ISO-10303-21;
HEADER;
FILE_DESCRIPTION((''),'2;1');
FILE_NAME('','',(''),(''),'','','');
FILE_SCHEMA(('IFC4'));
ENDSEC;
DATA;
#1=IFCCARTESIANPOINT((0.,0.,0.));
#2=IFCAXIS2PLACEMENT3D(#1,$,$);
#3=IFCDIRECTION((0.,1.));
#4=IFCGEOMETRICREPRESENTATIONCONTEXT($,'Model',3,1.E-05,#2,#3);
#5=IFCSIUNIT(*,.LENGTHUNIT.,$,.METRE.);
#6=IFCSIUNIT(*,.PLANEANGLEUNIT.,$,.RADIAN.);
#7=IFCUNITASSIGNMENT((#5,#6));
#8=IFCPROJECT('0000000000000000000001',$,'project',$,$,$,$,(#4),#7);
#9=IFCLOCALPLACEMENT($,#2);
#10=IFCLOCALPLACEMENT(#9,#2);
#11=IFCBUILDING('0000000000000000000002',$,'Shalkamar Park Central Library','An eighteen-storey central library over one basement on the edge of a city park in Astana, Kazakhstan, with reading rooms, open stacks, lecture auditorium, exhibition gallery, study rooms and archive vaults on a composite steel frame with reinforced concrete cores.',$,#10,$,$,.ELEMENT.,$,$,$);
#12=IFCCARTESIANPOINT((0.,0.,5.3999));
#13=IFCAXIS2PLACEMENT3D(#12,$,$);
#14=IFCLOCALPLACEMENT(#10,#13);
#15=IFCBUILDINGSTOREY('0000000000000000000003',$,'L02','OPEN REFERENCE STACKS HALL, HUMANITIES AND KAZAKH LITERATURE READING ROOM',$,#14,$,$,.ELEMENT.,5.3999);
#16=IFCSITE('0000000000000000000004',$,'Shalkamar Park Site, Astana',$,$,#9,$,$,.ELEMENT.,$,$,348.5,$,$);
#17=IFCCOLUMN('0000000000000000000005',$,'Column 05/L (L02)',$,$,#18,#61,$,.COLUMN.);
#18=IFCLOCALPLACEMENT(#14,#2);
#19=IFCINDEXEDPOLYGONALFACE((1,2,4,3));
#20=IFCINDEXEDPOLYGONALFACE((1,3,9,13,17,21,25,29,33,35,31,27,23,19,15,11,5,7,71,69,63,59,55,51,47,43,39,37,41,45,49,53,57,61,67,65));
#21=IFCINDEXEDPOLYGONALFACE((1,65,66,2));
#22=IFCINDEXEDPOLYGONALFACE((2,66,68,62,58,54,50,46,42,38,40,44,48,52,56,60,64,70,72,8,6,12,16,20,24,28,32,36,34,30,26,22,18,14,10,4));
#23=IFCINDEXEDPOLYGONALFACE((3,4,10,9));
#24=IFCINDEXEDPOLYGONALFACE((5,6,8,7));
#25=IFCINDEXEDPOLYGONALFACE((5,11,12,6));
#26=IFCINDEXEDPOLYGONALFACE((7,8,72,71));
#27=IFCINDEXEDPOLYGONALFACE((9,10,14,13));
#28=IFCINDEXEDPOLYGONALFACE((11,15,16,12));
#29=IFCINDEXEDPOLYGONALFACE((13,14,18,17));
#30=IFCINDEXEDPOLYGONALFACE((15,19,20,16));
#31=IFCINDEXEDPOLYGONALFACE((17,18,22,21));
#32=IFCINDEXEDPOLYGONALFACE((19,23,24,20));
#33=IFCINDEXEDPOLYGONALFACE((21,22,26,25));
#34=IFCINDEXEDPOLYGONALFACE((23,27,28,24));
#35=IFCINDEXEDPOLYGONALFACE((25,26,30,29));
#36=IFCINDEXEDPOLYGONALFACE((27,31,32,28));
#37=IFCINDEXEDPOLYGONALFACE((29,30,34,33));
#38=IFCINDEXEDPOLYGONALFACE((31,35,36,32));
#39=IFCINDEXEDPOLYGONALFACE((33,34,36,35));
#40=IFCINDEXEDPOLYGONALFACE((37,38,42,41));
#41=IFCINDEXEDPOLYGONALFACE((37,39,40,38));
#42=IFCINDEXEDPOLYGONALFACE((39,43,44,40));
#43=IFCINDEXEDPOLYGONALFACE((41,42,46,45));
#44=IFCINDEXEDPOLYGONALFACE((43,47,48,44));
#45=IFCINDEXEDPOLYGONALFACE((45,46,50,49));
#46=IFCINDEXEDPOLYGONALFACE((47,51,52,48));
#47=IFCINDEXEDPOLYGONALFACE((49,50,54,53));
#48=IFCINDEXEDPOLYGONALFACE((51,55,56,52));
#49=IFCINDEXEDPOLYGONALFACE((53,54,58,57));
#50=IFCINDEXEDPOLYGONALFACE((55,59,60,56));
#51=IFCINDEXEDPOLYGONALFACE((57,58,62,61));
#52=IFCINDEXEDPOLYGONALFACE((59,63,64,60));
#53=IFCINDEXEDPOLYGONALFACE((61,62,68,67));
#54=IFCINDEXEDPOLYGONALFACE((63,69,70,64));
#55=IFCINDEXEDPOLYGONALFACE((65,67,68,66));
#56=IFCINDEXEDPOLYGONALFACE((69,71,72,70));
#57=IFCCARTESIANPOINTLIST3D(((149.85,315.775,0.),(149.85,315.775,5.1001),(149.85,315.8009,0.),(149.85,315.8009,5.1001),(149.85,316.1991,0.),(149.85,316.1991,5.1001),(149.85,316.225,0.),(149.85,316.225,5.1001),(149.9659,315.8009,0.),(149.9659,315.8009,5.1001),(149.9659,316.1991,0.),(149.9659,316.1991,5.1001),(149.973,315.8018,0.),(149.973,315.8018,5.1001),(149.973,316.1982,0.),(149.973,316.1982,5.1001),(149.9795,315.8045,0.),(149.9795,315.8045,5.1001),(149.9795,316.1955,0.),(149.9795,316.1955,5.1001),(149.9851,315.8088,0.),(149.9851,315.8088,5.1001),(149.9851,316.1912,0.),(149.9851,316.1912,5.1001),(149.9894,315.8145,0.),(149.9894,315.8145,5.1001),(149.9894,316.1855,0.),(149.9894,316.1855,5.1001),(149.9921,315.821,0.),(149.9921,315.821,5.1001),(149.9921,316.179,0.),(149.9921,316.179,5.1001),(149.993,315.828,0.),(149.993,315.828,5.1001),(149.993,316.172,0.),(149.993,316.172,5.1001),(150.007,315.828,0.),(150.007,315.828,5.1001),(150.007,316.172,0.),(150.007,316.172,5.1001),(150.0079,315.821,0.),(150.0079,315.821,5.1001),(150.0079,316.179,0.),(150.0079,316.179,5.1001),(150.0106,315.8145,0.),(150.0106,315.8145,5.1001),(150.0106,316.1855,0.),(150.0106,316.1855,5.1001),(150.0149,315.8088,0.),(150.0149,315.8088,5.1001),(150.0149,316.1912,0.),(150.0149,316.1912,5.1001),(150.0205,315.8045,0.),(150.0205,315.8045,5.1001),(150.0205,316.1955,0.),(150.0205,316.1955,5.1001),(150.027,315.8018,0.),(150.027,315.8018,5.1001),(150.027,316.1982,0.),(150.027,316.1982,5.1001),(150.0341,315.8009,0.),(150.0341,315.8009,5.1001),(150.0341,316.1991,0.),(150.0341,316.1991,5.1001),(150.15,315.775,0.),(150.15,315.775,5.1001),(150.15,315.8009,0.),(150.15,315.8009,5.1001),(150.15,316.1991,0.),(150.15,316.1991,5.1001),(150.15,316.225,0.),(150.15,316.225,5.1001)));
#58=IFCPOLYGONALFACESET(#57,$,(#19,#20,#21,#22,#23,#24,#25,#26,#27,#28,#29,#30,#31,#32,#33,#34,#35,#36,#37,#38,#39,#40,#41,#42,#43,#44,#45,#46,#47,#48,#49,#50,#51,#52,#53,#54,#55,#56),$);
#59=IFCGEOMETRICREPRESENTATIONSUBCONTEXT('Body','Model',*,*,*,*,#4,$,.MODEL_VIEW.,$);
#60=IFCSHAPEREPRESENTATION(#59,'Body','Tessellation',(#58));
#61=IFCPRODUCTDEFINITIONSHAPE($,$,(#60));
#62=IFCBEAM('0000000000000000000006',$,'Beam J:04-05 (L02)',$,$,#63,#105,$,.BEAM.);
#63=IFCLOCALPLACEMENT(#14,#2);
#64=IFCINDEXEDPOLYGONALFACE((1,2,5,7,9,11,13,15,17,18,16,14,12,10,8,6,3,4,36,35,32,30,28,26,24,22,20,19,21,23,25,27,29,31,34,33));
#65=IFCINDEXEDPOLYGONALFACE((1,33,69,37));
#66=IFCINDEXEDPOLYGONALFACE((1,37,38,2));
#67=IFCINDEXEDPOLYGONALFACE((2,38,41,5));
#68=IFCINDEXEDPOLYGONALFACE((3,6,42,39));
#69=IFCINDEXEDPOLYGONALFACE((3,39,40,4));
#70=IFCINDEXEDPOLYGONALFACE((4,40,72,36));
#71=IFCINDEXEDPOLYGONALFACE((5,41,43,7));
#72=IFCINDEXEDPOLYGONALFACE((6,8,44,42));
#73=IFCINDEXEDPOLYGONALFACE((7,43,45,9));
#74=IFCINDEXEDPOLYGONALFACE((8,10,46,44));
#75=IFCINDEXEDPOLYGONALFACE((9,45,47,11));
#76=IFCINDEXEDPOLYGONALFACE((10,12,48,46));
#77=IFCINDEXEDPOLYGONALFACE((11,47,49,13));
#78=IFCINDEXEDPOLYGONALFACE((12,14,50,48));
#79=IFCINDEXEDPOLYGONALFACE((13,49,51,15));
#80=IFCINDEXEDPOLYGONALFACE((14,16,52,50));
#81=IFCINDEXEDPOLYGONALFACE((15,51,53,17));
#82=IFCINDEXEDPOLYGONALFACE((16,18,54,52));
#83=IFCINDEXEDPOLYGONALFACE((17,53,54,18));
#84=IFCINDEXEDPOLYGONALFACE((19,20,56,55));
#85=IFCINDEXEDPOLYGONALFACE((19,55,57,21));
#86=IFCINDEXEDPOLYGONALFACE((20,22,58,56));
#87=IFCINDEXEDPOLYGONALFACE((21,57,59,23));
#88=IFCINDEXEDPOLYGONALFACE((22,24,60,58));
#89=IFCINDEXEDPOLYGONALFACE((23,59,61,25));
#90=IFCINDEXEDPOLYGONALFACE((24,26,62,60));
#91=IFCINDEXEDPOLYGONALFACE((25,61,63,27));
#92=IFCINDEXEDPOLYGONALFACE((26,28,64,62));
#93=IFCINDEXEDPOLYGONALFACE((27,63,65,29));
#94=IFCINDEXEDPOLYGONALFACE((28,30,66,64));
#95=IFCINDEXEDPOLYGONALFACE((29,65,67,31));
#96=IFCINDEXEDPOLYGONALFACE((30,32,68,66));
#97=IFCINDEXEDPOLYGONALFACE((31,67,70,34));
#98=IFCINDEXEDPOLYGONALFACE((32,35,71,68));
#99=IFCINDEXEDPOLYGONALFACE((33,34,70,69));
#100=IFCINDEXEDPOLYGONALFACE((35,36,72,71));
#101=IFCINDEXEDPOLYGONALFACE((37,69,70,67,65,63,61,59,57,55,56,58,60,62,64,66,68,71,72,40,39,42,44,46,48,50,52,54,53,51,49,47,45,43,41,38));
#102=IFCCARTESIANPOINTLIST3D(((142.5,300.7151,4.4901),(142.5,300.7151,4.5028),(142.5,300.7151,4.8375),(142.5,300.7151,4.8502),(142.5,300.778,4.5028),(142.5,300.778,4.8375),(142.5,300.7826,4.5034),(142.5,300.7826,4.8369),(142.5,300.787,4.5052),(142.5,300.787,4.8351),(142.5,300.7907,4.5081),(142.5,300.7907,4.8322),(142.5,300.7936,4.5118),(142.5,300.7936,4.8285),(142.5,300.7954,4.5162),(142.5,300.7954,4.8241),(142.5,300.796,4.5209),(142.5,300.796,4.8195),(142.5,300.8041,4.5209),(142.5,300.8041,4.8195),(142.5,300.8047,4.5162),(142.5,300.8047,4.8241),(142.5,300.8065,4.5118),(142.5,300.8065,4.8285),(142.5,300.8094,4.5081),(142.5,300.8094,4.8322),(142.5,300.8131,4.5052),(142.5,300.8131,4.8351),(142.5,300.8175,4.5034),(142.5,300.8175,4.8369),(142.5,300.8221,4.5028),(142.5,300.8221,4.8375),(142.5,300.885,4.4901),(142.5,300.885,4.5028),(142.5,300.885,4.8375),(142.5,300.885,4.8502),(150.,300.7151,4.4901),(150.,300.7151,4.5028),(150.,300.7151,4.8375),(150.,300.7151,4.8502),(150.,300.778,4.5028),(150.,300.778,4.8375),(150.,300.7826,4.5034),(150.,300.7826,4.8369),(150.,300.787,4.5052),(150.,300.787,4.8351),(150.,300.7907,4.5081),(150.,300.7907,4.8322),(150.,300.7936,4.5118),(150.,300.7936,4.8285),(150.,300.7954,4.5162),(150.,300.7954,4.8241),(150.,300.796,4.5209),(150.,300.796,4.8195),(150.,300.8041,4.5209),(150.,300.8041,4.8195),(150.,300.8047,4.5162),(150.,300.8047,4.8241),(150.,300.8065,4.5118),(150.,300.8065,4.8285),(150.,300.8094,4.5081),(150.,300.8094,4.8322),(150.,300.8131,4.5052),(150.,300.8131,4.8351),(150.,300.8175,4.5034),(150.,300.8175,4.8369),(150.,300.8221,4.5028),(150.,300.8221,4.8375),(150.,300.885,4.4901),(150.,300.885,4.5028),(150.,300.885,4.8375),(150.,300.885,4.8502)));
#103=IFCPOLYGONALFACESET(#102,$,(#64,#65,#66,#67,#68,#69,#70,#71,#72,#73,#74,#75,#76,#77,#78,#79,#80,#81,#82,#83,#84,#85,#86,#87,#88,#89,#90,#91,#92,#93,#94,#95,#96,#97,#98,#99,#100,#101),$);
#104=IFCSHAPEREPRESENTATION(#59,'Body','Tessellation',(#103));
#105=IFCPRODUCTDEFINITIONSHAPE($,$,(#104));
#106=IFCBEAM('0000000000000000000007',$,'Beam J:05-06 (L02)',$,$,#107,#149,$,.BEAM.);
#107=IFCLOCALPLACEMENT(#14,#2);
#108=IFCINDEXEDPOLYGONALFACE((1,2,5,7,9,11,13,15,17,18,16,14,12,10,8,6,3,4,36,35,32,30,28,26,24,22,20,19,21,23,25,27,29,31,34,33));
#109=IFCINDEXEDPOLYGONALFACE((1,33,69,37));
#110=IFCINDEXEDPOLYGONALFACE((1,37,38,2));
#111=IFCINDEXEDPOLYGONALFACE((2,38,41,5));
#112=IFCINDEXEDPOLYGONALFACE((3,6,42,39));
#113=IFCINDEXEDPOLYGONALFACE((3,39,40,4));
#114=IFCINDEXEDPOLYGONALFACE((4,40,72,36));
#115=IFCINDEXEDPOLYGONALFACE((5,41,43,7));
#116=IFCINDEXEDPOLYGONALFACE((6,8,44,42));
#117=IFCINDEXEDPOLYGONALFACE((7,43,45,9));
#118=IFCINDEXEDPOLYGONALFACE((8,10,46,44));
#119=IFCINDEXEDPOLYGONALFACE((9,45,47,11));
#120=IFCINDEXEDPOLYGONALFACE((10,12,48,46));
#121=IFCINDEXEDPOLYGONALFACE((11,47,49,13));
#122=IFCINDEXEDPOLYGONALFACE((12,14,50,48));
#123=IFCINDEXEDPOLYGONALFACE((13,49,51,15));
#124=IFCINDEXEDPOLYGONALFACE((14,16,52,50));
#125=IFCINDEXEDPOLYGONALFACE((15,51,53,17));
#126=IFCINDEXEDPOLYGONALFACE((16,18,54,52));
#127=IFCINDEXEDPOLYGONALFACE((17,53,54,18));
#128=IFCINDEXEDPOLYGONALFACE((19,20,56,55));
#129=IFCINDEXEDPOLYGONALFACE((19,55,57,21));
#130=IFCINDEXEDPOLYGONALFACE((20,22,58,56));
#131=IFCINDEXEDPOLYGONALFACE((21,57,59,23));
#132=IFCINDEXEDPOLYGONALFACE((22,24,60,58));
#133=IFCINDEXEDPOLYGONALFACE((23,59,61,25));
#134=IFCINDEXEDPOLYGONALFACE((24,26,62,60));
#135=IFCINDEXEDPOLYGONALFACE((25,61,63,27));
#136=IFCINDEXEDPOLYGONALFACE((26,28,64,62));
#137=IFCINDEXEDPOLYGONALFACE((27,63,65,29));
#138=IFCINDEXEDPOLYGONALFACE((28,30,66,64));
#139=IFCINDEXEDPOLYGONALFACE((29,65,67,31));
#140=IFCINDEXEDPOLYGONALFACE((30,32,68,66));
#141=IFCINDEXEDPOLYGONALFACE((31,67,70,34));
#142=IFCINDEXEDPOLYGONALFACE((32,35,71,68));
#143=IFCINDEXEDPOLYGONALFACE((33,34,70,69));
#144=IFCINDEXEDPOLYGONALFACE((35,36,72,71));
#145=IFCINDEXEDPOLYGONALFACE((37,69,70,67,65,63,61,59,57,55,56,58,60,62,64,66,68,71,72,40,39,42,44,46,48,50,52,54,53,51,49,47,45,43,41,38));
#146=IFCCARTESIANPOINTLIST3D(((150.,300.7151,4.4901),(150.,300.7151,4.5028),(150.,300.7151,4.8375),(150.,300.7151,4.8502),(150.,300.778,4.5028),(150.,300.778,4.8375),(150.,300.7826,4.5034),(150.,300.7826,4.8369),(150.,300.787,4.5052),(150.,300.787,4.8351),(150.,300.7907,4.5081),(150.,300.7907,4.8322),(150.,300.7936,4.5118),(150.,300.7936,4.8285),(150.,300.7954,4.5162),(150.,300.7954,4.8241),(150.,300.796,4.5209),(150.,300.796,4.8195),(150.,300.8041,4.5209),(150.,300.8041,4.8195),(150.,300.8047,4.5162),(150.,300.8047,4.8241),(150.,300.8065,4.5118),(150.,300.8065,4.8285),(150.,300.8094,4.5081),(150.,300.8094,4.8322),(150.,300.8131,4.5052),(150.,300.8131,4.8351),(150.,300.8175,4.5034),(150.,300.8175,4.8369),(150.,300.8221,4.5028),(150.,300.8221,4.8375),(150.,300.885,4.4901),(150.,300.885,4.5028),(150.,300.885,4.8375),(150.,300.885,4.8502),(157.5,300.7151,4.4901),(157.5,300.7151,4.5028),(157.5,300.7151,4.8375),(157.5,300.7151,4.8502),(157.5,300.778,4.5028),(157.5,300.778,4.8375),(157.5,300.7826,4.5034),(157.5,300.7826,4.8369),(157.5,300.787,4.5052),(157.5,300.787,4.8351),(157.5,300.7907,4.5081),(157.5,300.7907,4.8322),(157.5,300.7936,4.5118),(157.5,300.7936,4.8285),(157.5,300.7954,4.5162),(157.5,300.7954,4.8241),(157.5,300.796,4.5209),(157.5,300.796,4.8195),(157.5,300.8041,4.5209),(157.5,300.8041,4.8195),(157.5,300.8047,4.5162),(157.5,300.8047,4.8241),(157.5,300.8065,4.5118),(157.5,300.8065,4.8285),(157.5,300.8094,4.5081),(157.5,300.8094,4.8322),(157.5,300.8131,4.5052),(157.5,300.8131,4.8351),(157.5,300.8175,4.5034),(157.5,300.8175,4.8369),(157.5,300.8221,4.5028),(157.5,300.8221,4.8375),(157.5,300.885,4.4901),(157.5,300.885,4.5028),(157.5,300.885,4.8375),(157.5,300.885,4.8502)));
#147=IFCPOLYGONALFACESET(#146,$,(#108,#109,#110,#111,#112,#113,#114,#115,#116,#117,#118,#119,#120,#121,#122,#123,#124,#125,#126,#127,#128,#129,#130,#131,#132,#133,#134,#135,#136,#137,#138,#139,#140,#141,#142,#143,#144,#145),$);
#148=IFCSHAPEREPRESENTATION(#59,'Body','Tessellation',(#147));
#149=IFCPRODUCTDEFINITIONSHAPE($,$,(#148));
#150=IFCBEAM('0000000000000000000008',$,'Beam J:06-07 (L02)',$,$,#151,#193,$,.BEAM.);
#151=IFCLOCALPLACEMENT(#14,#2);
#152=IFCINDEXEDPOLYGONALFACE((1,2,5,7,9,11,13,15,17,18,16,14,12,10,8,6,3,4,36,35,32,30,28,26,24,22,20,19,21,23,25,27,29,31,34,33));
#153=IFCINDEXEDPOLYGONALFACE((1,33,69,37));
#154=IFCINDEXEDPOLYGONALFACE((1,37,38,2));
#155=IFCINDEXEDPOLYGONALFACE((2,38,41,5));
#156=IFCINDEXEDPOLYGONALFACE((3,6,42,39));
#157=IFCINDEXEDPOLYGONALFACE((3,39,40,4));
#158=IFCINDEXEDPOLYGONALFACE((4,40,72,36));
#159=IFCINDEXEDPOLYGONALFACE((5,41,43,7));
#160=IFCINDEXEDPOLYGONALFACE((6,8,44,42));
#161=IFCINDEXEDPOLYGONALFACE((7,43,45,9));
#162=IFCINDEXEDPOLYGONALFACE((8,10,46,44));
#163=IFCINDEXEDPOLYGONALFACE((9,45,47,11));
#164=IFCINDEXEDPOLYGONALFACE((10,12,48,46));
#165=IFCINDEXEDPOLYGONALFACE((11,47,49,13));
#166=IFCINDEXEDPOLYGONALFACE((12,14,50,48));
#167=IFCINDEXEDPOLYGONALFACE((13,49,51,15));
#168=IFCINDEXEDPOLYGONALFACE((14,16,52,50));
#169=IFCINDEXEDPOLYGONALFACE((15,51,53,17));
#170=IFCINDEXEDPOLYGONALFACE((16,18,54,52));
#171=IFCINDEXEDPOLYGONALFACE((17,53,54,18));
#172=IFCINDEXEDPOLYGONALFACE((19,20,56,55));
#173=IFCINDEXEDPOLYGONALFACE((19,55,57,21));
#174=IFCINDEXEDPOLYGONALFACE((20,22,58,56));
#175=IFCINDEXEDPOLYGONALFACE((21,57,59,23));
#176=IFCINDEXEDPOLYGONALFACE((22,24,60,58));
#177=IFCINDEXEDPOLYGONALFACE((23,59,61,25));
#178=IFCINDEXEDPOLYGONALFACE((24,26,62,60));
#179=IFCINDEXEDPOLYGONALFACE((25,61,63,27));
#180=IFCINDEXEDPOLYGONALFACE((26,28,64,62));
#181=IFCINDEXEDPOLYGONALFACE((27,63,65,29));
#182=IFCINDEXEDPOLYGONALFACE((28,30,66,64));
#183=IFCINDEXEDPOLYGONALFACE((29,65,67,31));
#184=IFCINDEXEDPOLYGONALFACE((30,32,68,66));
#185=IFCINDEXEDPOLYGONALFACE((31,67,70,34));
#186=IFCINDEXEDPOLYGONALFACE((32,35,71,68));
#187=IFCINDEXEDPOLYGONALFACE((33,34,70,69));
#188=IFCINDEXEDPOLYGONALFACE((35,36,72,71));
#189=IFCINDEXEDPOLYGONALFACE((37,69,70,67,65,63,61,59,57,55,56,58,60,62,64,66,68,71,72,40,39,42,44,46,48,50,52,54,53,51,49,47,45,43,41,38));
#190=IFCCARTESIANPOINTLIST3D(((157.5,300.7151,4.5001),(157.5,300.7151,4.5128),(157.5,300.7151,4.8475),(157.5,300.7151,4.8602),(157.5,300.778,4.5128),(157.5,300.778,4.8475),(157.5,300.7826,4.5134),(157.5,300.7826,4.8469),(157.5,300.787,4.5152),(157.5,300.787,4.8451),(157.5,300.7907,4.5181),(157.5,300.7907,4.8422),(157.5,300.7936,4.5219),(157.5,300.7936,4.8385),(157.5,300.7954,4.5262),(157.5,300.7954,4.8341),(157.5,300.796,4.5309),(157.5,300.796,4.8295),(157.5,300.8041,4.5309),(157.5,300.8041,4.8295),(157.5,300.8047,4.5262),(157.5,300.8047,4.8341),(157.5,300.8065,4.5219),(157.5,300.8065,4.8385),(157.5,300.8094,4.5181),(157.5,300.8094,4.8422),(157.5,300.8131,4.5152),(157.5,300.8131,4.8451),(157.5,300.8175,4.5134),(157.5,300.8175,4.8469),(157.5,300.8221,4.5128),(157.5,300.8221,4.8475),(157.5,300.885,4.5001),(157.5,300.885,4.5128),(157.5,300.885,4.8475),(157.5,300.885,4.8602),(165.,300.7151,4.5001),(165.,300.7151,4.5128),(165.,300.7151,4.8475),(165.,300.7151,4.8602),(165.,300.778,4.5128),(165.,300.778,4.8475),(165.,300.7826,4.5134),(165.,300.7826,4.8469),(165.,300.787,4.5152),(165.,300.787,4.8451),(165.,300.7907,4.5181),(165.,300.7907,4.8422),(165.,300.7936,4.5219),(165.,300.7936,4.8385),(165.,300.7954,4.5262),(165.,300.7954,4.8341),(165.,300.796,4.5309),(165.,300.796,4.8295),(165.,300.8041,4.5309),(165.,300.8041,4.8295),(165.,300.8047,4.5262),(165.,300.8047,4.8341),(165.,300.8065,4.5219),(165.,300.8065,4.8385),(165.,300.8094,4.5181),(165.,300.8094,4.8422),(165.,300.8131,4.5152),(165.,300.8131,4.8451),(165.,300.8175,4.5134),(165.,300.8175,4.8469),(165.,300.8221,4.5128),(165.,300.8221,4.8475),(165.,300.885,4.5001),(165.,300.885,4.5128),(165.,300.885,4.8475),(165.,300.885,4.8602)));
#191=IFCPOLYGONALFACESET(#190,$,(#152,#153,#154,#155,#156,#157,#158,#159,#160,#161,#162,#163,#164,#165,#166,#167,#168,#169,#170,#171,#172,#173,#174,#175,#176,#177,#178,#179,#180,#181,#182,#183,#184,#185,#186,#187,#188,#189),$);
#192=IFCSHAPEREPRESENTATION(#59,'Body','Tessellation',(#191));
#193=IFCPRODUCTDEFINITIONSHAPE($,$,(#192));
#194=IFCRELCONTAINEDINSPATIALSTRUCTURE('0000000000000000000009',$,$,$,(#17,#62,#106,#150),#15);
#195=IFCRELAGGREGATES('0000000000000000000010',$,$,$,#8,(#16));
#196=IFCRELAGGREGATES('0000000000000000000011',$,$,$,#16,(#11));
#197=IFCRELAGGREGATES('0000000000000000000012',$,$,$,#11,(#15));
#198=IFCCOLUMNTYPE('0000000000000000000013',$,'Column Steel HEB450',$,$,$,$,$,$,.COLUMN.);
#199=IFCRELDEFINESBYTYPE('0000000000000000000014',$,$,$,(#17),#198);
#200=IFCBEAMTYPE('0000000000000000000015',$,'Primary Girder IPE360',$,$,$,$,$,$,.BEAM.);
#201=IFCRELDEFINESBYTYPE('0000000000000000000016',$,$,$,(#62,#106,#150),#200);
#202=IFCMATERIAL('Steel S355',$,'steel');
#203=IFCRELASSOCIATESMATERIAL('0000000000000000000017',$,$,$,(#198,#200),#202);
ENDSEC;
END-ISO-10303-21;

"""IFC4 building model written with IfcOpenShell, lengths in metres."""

from ifc_helpers import new_model, si_unit, direction, frame, origin, origin_2d, place, context, subcontext, project, spatial, i_section, extrude, material, material_profile, profile_set, type_object, element, save


model = new_model("IFC4")

# Units and contexts
model_context = context("Model", 3, precision=1e-05, world=origin(), true_north=direction((0.0, 1.0)))
body_context = subcontext(model_context, "Body", "Model", "MODEL_VIEW")
ifc_project = project(units=[si_unit("LENGTHUNIT", "METRE"), si_unit("PLANEANGLEUNIT", "RADIAN")], contexts=[model_context])

# Site, building, storey
site_placement = place(None, origin())
site = spatial("IfcSite", under=ifc_project, at=site_placement, Name="Shalkamar Park Site, Astana", CompositionType="ELEMENT", RefElevation=348.5)
building_placement = place(site_placement, origin())
building = spatial("IfcBuilding", under=site, at=building_placement, Name="Shalkamar Park Central Library", Description="An eighteen-storey central library over one basement on the edge of a city park in Astana, Kazakhstan, with reading rooms, open stacks, lecture auditorium, exhibition gallery, study rooms and archive vaults on a composite steel frame with reinforced concrete cores.", CompositionType="ELEMENT")
storey_placement = place(building_placement, frame((0.0, 0.0, 5.3999)))
storey = spatial("IfcBuildingStorey", under=building, at=storey_placement, Name="L02", Description="OPEN REFERENCE STACKS HALL, HUMANITIES AND KAZAKH LITERATURE READING ROOM", CompositionType="ELEMENT", Elevation=5.3999)

# Column
ifc_material_1 = material(Name="Steel S355", Category="steel")
ifc_material_profile_1 = material_profile(ifc_material_1, i_section(OverallWidth=0.3, OverallDepth=0.45, WebThickness=0.0139, FlangeThickness=0.0259, FilletRadius=0.0271, at=origin_2d()), Name="HEB 450")
ifc_profile_set_1 = profile_set([ifc_material_profile_1], Name="Steel S355")
column_type_1 = type_object("IfcColumnType", Name="Column Steel HEB450", PredefinedType="COLUMN", material=ifc_profile_set_1)
for number, where, z_axis, x_axis, name in (
    (1, (150.0, 316.0, 0.0), (0.0, 0.0, 1.0), (1.0, 0.0, 0.0), "Column 05/L (L02)"),
):
    element("IfcColumn", number, at=place(storey_placement, frame(where, z_axis=z_axis, x_axis=x_axis)), inside=storey, type_object=column_type_1, Name=name, PredefinedType="COLUMN", context=body_context, shape_type="SweptSolid", body=[
        extrude(i_section(OverallWidth=0.3, OverallDepth=0.45, WebThickness=0.0139, FlangeThickness=0.0259, FilletRadius=0.0271, at=origin_2d()), origin(), (0.0, 0.0, 1.0), 5.1001),
    ])

# Beams
ifc_material_profile_2 = material_profile(ifc_material_1, i_section(OverallWidth=0.1699, OverallDepth=0.3601, WebThickness=0.0081, FlangeThickness=0.0127, FilletRadius=0.0181, at=origin_2d()), Name="IPE 360")
ifc_profile_set_2 = profile_set([ifc_material_profile_2], Name="Steel S355")
beam_type = type_object("IfcBeamType", Name="Primary Girder IPE360", PredefinedType="BEAM", material=ifc_profile_set_2)
for number, where, z_axis, x_axis, name in (
    (2, (142.5, 300.8, 4.6702), (1.0, 0.0, 0.0), (0.0, 1.0, 0.0), "Beam J:04-05 (L02)"),
    (3, (150.0, 300.8, 4.6702), (1.0, 0.0, 0.0), (0.0, 1.0, 0.0), "Beam J:05-06 (L02)"),
    (4, (157.5, 300.8, 4.6802), (1.0, 0.0, 0.0), (0.0, 1.0, 0.0), "Beam J:06-07 (L02)"),
):
    element("IfcBeam", number, at=place(storey_placement, frame(where, z_axis=z_axis, x_axis=x_axis)), inside=storey, type_object=beam_type, Name=name, PredefinedType="BEAM", context=body_context, shape_type="SweptSolid", body=[
        extrude(i_section(OverallWidth=0.1699, OverallDepth=0.3601, WebThickness=0.0081, FlangeThickness=0.0127, FilletRadius=0.0181, at=origin_2d()), origin(), (0.0, 0.0, 1.0), 7.5),
    ])

save(model, "model.ifc")
